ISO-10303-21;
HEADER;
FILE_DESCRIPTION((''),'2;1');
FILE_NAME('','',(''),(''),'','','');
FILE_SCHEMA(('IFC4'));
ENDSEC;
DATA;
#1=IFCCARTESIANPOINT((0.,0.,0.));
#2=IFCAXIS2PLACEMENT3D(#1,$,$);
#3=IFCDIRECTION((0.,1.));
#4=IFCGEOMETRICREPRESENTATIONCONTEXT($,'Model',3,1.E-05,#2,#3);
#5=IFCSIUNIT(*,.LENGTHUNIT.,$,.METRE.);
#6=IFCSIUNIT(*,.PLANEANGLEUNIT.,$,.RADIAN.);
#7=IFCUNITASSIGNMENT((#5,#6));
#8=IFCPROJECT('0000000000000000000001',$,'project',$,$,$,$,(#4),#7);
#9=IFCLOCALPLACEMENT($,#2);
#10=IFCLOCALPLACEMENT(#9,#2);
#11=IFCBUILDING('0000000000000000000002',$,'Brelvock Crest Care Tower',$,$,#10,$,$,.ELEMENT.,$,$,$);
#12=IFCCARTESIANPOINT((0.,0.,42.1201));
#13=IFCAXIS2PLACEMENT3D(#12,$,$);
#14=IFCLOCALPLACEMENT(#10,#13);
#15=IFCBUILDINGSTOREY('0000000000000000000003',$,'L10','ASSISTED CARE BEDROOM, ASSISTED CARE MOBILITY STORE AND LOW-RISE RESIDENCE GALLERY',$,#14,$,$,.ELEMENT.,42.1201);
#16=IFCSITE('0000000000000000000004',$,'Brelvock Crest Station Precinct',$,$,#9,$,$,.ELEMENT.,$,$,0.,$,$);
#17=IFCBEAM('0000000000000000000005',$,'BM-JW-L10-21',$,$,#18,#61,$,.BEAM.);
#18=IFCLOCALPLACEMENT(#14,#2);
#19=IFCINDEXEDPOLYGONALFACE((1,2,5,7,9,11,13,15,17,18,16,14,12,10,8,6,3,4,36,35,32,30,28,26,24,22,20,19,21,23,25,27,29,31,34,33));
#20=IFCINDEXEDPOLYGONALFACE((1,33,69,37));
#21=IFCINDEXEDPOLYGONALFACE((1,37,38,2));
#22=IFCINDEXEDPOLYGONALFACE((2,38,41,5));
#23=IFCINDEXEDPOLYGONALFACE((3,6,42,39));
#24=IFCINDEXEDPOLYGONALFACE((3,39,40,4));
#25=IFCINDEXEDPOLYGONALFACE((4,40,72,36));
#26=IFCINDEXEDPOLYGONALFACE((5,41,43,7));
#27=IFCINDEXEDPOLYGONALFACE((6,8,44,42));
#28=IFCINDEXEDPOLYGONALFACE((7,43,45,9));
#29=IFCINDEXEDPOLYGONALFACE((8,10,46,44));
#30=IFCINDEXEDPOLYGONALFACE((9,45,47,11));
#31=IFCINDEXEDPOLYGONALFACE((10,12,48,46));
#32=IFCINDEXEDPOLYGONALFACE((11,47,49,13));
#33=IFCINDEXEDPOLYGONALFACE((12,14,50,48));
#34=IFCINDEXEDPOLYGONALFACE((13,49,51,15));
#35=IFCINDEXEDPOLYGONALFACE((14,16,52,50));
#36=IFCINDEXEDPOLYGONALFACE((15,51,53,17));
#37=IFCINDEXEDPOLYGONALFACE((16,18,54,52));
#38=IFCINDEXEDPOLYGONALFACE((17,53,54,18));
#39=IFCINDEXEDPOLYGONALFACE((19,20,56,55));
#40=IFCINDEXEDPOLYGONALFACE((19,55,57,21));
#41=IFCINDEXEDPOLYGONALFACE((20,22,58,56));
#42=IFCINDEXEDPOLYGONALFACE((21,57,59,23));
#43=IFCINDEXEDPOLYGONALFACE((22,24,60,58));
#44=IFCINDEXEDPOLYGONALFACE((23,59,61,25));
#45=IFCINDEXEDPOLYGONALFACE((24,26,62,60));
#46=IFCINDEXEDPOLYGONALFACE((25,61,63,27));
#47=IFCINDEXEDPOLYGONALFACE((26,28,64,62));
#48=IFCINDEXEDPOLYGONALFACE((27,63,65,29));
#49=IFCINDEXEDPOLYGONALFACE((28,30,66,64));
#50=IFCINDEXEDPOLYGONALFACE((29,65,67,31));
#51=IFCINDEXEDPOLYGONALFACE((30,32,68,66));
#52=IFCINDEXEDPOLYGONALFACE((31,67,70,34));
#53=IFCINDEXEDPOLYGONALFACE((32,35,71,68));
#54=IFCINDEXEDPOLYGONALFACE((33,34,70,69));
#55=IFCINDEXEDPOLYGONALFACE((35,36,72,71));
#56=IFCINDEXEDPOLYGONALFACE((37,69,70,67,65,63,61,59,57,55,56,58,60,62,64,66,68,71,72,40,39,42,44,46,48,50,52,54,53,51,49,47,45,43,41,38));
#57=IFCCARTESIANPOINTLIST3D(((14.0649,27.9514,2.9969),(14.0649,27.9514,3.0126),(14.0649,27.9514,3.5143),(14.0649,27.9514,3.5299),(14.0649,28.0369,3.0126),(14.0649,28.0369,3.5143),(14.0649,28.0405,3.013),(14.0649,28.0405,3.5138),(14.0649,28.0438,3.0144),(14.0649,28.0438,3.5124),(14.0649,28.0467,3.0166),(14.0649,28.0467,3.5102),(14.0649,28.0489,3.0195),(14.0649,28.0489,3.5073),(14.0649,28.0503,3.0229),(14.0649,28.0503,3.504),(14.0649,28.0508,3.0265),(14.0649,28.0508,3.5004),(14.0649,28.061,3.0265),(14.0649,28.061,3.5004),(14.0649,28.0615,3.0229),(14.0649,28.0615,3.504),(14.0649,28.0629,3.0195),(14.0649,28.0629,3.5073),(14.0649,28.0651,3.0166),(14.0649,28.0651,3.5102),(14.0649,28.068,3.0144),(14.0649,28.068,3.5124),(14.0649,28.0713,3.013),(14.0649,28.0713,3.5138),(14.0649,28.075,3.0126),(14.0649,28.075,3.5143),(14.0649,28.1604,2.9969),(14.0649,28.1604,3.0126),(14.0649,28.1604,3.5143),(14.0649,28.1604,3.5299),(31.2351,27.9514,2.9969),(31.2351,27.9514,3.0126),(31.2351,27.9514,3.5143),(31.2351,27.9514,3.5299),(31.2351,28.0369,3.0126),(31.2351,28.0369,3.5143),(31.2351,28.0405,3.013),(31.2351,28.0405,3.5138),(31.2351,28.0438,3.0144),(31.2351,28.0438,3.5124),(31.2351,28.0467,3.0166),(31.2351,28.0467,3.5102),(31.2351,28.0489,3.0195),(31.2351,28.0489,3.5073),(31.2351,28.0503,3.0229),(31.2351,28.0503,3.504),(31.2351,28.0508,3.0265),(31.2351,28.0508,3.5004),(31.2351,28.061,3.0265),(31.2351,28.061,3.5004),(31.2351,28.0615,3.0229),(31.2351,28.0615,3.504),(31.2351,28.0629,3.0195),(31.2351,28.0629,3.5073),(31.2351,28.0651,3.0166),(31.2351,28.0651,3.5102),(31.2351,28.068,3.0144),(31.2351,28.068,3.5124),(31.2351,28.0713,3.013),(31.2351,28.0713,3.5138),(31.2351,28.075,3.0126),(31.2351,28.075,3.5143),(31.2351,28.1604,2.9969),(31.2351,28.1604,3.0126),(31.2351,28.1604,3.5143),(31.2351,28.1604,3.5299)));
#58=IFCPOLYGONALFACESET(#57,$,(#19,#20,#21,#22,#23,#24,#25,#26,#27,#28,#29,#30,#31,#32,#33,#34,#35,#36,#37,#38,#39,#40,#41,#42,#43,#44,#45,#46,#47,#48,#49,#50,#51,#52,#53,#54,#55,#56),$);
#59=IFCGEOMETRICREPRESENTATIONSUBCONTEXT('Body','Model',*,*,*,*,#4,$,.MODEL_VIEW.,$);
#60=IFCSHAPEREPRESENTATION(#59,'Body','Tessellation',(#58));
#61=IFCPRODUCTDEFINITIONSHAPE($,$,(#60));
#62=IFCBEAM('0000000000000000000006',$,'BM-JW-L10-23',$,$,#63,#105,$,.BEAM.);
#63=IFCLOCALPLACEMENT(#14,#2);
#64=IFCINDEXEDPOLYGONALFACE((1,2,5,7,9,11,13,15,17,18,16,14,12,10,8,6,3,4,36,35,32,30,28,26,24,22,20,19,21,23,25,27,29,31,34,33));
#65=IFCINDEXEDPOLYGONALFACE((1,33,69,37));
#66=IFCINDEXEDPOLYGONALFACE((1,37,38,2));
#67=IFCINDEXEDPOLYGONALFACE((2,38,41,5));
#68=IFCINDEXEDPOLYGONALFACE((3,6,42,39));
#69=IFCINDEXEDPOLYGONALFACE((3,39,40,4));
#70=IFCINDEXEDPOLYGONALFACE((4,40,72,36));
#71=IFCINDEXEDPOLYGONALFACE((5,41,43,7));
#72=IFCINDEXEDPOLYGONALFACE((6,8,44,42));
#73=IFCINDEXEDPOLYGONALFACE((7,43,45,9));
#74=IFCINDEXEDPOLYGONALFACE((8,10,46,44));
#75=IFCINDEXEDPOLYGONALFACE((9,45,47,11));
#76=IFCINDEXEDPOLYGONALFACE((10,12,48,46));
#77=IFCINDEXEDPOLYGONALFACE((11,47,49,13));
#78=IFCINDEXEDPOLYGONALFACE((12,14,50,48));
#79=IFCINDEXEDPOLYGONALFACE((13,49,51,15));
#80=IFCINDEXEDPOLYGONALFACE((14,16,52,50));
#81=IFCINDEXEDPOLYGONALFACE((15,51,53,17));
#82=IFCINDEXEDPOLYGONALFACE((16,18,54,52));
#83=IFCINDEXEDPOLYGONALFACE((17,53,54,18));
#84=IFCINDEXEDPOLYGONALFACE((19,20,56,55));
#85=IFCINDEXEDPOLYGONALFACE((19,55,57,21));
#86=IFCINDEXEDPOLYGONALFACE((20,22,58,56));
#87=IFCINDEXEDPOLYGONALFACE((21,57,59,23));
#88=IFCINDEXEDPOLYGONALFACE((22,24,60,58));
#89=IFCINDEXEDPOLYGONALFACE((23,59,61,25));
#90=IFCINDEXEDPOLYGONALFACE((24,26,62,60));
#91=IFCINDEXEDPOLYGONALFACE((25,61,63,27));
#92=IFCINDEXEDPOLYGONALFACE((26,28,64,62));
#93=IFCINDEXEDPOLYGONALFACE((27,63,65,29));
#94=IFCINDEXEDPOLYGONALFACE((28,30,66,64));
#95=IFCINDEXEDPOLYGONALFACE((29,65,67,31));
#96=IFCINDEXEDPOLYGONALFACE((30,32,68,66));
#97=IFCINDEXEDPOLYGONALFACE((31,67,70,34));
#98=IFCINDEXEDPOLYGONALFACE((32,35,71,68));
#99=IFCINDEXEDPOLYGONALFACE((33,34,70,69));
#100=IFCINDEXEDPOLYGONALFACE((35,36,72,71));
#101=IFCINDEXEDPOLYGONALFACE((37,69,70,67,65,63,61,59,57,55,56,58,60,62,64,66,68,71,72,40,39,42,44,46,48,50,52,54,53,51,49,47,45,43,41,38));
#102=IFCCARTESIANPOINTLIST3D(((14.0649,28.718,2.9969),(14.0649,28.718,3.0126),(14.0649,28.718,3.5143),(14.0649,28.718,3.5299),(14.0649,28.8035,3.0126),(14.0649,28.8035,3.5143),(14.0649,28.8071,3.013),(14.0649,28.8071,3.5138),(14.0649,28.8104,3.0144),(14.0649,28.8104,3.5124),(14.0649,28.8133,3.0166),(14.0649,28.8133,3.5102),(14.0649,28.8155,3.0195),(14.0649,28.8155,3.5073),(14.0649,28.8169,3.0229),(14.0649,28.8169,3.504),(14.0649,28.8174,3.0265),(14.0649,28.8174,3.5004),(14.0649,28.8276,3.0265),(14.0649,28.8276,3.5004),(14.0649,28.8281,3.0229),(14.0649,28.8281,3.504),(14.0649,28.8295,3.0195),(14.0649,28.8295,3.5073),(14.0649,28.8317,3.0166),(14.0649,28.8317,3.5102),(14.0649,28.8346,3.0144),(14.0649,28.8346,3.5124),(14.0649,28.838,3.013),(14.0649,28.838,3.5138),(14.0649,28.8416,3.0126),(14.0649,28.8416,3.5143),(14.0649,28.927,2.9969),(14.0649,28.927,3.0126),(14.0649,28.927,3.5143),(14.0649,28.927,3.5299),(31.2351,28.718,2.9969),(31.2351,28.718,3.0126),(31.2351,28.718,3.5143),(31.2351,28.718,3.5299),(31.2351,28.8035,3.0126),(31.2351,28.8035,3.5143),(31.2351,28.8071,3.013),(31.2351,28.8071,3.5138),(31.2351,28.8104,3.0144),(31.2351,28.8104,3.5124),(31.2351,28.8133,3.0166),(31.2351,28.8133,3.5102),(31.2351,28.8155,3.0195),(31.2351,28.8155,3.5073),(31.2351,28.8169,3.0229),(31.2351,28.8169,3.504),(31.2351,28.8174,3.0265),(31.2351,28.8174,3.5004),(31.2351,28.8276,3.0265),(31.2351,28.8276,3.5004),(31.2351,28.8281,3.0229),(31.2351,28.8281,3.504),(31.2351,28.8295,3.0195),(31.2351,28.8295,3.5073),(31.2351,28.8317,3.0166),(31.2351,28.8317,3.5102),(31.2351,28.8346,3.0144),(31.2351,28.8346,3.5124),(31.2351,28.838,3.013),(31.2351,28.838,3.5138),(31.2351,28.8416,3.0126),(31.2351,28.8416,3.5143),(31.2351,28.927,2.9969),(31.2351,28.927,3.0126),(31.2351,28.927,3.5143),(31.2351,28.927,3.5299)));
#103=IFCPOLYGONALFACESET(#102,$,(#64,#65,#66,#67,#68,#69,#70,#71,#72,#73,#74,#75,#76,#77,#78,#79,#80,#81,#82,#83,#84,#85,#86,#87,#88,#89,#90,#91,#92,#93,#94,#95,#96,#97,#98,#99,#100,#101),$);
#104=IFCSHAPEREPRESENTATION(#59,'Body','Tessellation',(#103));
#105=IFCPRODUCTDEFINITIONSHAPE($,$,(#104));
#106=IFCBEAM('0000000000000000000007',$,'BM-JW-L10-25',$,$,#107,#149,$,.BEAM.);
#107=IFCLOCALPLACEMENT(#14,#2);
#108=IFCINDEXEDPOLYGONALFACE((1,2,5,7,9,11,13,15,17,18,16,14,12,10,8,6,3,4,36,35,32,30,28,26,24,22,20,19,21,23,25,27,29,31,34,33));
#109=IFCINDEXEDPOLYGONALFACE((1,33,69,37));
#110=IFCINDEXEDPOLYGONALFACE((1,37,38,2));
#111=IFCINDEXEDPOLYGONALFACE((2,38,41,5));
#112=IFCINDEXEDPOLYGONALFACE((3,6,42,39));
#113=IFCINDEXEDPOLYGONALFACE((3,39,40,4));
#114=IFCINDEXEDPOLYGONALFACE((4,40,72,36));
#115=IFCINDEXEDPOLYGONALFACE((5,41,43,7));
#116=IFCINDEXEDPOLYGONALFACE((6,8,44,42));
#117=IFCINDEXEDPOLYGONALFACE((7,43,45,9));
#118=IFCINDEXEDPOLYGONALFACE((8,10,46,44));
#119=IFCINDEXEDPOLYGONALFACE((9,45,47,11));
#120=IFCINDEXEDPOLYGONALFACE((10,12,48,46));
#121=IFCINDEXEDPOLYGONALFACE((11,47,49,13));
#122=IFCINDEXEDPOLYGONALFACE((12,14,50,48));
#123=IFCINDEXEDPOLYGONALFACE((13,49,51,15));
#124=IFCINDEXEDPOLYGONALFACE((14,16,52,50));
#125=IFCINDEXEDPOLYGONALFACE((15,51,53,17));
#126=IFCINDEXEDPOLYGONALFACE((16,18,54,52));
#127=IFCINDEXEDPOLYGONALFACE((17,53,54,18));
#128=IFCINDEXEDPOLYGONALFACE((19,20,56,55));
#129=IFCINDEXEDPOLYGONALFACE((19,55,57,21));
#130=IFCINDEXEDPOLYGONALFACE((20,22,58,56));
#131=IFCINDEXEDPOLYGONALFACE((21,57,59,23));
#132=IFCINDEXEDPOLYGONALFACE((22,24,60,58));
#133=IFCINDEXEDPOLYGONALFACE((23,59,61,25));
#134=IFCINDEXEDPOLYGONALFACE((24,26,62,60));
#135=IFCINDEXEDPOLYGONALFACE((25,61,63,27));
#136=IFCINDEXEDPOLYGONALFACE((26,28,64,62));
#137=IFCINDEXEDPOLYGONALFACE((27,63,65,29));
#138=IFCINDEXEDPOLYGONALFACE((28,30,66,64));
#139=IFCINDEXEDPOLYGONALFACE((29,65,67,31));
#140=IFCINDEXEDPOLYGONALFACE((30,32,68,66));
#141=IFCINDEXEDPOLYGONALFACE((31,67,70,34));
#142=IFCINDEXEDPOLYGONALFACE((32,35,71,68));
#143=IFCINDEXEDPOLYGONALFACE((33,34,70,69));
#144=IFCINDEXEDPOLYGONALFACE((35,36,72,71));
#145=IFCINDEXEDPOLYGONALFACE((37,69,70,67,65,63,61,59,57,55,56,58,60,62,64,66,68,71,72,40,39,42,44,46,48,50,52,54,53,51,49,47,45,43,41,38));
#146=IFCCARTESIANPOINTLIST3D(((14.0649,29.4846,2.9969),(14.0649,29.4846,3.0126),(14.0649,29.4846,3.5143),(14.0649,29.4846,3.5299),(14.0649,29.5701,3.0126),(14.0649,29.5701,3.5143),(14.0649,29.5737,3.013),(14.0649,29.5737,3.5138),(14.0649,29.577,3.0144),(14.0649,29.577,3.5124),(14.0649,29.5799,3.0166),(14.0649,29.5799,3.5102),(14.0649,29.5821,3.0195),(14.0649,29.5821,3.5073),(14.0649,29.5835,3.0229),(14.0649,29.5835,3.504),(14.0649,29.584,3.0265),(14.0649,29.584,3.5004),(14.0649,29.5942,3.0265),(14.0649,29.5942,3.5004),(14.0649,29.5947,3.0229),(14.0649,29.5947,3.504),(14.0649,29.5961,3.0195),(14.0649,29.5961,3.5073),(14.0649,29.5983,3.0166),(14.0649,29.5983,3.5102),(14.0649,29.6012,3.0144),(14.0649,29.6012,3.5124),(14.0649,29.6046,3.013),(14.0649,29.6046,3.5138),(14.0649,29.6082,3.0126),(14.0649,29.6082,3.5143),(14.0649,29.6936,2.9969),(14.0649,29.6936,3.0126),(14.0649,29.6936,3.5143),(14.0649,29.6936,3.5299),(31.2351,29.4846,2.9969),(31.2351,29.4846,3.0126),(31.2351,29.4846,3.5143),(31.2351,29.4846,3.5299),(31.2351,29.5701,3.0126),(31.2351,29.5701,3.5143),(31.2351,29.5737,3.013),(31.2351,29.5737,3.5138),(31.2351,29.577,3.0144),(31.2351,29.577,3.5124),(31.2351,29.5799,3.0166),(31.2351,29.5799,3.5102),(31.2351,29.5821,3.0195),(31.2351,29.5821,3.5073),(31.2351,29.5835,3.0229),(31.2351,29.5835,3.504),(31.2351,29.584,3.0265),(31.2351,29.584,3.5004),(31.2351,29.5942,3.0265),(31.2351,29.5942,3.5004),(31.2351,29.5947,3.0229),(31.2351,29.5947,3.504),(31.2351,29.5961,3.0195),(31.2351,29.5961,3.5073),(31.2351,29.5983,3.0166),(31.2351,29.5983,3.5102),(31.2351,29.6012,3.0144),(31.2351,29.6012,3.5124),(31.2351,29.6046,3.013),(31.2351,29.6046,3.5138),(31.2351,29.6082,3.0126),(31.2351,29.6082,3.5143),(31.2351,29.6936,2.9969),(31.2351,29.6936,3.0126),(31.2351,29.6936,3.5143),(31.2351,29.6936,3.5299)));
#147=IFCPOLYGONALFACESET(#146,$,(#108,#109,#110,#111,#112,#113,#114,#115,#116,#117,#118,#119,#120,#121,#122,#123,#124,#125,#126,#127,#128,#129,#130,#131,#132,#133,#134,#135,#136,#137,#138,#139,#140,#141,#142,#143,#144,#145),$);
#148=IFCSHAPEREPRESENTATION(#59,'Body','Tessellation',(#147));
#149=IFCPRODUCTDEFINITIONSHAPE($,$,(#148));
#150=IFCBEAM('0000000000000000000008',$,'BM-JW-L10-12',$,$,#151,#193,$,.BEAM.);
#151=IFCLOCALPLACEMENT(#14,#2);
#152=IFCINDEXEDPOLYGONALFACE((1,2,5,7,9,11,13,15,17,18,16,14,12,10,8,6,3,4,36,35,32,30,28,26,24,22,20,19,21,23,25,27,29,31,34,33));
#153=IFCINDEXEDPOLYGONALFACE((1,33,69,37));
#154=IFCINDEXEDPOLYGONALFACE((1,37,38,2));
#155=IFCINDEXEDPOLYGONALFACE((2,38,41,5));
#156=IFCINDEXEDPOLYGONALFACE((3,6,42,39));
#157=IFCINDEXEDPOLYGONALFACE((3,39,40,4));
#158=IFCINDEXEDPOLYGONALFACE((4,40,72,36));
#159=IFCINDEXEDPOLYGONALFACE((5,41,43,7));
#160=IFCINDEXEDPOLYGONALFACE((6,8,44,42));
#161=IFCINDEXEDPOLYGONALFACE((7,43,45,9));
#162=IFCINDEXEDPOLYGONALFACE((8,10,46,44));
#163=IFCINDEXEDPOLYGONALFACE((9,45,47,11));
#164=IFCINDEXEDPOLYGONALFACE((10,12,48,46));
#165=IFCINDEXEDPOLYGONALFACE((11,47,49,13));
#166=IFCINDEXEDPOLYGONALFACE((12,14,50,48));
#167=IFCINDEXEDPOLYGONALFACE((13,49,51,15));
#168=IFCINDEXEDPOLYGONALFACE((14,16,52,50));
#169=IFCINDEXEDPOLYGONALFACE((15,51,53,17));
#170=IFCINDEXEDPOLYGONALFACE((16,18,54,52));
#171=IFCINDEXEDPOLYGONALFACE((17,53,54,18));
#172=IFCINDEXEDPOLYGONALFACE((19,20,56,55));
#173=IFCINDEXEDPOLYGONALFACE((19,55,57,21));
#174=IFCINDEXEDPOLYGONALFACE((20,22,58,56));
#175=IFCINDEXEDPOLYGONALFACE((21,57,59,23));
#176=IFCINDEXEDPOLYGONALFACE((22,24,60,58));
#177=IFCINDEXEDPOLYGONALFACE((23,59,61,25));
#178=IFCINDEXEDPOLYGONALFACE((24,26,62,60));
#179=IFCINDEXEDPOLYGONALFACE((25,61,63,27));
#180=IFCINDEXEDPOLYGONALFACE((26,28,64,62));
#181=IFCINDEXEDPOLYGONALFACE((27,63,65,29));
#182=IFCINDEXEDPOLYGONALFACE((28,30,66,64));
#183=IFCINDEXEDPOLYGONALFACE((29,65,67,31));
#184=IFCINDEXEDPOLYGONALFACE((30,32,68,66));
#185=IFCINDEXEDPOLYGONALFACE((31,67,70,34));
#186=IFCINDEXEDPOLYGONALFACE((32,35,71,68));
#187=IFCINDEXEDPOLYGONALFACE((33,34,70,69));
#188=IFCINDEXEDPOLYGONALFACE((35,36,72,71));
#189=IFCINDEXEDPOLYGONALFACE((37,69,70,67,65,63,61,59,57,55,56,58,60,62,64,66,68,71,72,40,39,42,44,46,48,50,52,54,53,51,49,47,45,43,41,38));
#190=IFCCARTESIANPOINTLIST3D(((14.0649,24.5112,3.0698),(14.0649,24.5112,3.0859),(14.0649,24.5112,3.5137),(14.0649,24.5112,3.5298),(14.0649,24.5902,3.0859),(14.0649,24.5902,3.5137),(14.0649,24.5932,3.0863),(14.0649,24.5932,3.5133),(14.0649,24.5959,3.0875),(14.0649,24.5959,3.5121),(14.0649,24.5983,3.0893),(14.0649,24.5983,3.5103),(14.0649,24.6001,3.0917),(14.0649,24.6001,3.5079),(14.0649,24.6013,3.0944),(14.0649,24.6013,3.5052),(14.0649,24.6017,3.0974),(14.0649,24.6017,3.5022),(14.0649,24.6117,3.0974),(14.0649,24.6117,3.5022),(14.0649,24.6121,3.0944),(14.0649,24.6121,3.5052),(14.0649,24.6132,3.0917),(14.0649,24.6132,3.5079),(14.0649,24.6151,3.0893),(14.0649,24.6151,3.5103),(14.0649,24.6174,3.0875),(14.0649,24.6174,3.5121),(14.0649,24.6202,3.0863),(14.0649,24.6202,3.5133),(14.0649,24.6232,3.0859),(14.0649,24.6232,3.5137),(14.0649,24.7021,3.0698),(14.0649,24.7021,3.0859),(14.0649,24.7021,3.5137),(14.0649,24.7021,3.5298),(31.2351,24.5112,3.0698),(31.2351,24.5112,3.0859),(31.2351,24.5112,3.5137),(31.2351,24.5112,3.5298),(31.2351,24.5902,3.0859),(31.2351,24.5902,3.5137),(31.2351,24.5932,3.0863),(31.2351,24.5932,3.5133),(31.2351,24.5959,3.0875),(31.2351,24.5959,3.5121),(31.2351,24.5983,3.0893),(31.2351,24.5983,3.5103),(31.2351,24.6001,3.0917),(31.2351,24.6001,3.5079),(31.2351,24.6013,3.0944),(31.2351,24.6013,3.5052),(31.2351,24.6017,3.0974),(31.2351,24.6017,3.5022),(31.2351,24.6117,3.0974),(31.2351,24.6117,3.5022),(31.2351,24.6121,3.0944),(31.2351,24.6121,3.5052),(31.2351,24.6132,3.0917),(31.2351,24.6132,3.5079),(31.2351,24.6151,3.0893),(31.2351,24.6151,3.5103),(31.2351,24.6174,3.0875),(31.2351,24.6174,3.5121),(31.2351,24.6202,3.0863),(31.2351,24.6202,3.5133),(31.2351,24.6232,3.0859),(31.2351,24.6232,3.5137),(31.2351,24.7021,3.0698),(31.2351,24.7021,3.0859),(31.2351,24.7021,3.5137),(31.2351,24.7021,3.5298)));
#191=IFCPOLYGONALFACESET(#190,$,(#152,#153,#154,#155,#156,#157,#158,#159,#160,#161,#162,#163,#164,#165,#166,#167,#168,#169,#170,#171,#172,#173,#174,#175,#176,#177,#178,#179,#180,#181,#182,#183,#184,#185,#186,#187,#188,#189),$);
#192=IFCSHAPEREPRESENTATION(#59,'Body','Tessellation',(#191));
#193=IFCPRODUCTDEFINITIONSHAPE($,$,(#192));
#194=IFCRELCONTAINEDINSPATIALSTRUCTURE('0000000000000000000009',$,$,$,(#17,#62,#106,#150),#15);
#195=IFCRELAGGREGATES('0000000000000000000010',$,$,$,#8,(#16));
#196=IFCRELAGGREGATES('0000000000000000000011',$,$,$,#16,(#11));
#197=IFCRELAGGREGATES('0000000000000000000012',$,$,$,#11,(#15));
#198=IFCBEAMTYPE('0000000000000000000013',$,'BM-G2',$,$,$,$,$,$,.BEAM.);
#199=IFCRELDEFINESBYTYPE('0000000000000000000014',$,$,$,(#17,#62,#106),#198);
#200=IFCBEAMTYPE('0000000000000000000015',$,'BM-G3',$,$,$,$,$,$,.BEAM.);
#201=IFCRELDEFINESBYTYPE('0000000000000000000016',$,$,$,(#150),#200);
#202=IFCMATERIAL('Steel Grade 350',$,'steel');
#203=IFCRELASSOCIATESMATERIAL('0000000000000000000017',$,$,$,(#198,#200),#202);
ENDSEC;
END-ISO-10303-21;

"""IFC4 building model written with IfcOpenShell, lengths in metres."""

from ifc_helpers import new_model, si_unit, direction, frame, origin, origin_2d, place, context, subcontext, project, spatial, i_section, extrude, source, transform, mapped, material, material_profile, profile_set, type_object, element, save


model = new_model("IFC4")

# Units and contexts
model_context = context("Model", 3, precision=1e-05, world=origin(), true_north=direction((0.0, 1.0)))
body_context = subcontext(model_context, "Body", "Model", "MODEL_VIEW")
ifc_project = project(units=[si_unit("LENGTHUNIT", "METRE"), si_unit("PLANEANGLEUNIT", "RADIAN")], contexts=[model_context])

# Site, building, storey
site_placement = place(None, origin())
site = spatial("IfcSite", under=ifc_project, at=site_placement, Name="Brelvock Crest Station Precinct", CompositionType="ELEMENT", RefElevation=0.0)
building_placement = place(site_placement, origin())
building = spatial("IfcBuilding", under=site, at=building_placement, Name="Brelvock Crest Care Tower", CompositionType="ELEMENT")
storey_placement = place(building_placement, frame((0.0, 0.0, 42.1201)))
storey = spatial("IfcBuildingStorey", under=building, at=storey_placement, Name="L10", Description="ASSISTED CARE BEDROOM, ASSISTED CARE MOBILITY STORE AND LOW-RISE RESIDENCE GALLERY", CompositionType="ELEMENT", Elevation=42.1201)

# Beams
ifc_material_1 = material(Name="Steel Grade 350", Category="steel")
ifc_material_profile_1 = material_profile(ifc_material_1, i_section(OverallWidth=0.209, OverallDepth=0.533, WebThickness=0.0103, FlangeThickness=0.0156, FilletRadius=0.0139, at=origin_2d()), Name="530UB92.4")
ifc_profile_set_1 = profile_set([ifc_material_profile_1], Name="Steel Grade 350")
beam_type_1 = type_object("IfcBeamType", Name="BM-G2", PredefinedType="BEAM", material=ifc_profile_set_1)
shared_shape_1 = source(origin(), body_context, "Body", "SweptSolid", [
    extrude(i_section(OverallWidth=0.209, OverallDepth=0.533, WebThickness=0.0103, FlangeThickness=0.0156, FilletRadius=0.0139, at=origin_2d()), origin(), (0.0, 0.0, 1.0), 17.1702),
])
for number, where, z_axis, x_axis, name in (
    (1, (14.0649, 28.0559, 3.2634), (1.0, 0.0, 0.0), (0.0, 1.0, 0.0), "BM-JW-L10-21"),
    (2, (14.0649, 28.8225, 3.2634), (1.0, 0.0, 0.0), (0.0, 1.0, 0.0), "BM-JW-L10-23"),
    (3, (14.0649, 29.5891, 3.2634), (1.0, 0.0, 0.0), (0.0, 1.0, 0.0), "BM-JW-L10-25"),
):
    element("IfcBeam", number, at=place(storey_placement, frame(where, z_axis=z_axis, x_axis=x_axis)), inside=storey, type_object=beam_type_1, Name=name, PredefinedType="BEAM", context=body_context, shape_type="MappedRepresentation", body=[
        mapped(shared_shape_1, transform((0.0, 0.0, 0.0), x_axis=(1.0, 0.0, 0.0), y_axis=(0.0, 1.0, 0.0), z_axis=(0.0, 0.0, 1.0), scale=1.0)),
    ])
ifc_material_profile_2 = material_profile(ifc_material_1, i_section(OverallWidth=0.1909, OverallDepth=0.46, WebThickness=0.01, FlangeThickness=0.0161, FilletRadius=0.0115, at=origin_2d()), Name="460UB82.1")
ifc_profile_set_2 = profile_set([ifc_material_profile_2], Name="Steel Grade 350")
beam_type_2 = type_object("IfcBeamType", Name="BM-G3", PredefinedType="BEAM", material=ifc_profile_set_2)
shared_shape_2 = source(origin(), body_context, "Body", "SweptSolid", [
    extrude(i_section(OverallWidth=0.1909, OverallDepth=0.46, WebThickness=0.01, FlangeThickness=0.0161, FilletRadius=0.0115, at=origin_2d()), origin(), (0.0, 0.0, 1.0), 17.1702),
])
for number, where, z_axis, x_axis, name in (
    (4, (14.0649, 24.6067, 3.2998), (1.0, 0.0, 0.0), (0.0, 1.0, 0.0), "BM-JW-L10-12"),
):
    element("IfcBeam", number, at=place(storey_placement, frame(where, z_axis=z_axis, x_axis=x_axis)), inside=storey, type_object=beam_type_2, Name=name, PredefinedType="BEAM", context=body_context, shape_type="MappedRepresentation", body=[
        mapped(shared_shape_2, transform((0.0, 0.0, 0.0), x_axis=(1.0, 0.0, 0.0), y_axis=(0.0, 1.0, 0.0), z_axis=(0.0, 0.0, 1.0), scale=1.0)),
    ])

save(model, "model.ifc")
